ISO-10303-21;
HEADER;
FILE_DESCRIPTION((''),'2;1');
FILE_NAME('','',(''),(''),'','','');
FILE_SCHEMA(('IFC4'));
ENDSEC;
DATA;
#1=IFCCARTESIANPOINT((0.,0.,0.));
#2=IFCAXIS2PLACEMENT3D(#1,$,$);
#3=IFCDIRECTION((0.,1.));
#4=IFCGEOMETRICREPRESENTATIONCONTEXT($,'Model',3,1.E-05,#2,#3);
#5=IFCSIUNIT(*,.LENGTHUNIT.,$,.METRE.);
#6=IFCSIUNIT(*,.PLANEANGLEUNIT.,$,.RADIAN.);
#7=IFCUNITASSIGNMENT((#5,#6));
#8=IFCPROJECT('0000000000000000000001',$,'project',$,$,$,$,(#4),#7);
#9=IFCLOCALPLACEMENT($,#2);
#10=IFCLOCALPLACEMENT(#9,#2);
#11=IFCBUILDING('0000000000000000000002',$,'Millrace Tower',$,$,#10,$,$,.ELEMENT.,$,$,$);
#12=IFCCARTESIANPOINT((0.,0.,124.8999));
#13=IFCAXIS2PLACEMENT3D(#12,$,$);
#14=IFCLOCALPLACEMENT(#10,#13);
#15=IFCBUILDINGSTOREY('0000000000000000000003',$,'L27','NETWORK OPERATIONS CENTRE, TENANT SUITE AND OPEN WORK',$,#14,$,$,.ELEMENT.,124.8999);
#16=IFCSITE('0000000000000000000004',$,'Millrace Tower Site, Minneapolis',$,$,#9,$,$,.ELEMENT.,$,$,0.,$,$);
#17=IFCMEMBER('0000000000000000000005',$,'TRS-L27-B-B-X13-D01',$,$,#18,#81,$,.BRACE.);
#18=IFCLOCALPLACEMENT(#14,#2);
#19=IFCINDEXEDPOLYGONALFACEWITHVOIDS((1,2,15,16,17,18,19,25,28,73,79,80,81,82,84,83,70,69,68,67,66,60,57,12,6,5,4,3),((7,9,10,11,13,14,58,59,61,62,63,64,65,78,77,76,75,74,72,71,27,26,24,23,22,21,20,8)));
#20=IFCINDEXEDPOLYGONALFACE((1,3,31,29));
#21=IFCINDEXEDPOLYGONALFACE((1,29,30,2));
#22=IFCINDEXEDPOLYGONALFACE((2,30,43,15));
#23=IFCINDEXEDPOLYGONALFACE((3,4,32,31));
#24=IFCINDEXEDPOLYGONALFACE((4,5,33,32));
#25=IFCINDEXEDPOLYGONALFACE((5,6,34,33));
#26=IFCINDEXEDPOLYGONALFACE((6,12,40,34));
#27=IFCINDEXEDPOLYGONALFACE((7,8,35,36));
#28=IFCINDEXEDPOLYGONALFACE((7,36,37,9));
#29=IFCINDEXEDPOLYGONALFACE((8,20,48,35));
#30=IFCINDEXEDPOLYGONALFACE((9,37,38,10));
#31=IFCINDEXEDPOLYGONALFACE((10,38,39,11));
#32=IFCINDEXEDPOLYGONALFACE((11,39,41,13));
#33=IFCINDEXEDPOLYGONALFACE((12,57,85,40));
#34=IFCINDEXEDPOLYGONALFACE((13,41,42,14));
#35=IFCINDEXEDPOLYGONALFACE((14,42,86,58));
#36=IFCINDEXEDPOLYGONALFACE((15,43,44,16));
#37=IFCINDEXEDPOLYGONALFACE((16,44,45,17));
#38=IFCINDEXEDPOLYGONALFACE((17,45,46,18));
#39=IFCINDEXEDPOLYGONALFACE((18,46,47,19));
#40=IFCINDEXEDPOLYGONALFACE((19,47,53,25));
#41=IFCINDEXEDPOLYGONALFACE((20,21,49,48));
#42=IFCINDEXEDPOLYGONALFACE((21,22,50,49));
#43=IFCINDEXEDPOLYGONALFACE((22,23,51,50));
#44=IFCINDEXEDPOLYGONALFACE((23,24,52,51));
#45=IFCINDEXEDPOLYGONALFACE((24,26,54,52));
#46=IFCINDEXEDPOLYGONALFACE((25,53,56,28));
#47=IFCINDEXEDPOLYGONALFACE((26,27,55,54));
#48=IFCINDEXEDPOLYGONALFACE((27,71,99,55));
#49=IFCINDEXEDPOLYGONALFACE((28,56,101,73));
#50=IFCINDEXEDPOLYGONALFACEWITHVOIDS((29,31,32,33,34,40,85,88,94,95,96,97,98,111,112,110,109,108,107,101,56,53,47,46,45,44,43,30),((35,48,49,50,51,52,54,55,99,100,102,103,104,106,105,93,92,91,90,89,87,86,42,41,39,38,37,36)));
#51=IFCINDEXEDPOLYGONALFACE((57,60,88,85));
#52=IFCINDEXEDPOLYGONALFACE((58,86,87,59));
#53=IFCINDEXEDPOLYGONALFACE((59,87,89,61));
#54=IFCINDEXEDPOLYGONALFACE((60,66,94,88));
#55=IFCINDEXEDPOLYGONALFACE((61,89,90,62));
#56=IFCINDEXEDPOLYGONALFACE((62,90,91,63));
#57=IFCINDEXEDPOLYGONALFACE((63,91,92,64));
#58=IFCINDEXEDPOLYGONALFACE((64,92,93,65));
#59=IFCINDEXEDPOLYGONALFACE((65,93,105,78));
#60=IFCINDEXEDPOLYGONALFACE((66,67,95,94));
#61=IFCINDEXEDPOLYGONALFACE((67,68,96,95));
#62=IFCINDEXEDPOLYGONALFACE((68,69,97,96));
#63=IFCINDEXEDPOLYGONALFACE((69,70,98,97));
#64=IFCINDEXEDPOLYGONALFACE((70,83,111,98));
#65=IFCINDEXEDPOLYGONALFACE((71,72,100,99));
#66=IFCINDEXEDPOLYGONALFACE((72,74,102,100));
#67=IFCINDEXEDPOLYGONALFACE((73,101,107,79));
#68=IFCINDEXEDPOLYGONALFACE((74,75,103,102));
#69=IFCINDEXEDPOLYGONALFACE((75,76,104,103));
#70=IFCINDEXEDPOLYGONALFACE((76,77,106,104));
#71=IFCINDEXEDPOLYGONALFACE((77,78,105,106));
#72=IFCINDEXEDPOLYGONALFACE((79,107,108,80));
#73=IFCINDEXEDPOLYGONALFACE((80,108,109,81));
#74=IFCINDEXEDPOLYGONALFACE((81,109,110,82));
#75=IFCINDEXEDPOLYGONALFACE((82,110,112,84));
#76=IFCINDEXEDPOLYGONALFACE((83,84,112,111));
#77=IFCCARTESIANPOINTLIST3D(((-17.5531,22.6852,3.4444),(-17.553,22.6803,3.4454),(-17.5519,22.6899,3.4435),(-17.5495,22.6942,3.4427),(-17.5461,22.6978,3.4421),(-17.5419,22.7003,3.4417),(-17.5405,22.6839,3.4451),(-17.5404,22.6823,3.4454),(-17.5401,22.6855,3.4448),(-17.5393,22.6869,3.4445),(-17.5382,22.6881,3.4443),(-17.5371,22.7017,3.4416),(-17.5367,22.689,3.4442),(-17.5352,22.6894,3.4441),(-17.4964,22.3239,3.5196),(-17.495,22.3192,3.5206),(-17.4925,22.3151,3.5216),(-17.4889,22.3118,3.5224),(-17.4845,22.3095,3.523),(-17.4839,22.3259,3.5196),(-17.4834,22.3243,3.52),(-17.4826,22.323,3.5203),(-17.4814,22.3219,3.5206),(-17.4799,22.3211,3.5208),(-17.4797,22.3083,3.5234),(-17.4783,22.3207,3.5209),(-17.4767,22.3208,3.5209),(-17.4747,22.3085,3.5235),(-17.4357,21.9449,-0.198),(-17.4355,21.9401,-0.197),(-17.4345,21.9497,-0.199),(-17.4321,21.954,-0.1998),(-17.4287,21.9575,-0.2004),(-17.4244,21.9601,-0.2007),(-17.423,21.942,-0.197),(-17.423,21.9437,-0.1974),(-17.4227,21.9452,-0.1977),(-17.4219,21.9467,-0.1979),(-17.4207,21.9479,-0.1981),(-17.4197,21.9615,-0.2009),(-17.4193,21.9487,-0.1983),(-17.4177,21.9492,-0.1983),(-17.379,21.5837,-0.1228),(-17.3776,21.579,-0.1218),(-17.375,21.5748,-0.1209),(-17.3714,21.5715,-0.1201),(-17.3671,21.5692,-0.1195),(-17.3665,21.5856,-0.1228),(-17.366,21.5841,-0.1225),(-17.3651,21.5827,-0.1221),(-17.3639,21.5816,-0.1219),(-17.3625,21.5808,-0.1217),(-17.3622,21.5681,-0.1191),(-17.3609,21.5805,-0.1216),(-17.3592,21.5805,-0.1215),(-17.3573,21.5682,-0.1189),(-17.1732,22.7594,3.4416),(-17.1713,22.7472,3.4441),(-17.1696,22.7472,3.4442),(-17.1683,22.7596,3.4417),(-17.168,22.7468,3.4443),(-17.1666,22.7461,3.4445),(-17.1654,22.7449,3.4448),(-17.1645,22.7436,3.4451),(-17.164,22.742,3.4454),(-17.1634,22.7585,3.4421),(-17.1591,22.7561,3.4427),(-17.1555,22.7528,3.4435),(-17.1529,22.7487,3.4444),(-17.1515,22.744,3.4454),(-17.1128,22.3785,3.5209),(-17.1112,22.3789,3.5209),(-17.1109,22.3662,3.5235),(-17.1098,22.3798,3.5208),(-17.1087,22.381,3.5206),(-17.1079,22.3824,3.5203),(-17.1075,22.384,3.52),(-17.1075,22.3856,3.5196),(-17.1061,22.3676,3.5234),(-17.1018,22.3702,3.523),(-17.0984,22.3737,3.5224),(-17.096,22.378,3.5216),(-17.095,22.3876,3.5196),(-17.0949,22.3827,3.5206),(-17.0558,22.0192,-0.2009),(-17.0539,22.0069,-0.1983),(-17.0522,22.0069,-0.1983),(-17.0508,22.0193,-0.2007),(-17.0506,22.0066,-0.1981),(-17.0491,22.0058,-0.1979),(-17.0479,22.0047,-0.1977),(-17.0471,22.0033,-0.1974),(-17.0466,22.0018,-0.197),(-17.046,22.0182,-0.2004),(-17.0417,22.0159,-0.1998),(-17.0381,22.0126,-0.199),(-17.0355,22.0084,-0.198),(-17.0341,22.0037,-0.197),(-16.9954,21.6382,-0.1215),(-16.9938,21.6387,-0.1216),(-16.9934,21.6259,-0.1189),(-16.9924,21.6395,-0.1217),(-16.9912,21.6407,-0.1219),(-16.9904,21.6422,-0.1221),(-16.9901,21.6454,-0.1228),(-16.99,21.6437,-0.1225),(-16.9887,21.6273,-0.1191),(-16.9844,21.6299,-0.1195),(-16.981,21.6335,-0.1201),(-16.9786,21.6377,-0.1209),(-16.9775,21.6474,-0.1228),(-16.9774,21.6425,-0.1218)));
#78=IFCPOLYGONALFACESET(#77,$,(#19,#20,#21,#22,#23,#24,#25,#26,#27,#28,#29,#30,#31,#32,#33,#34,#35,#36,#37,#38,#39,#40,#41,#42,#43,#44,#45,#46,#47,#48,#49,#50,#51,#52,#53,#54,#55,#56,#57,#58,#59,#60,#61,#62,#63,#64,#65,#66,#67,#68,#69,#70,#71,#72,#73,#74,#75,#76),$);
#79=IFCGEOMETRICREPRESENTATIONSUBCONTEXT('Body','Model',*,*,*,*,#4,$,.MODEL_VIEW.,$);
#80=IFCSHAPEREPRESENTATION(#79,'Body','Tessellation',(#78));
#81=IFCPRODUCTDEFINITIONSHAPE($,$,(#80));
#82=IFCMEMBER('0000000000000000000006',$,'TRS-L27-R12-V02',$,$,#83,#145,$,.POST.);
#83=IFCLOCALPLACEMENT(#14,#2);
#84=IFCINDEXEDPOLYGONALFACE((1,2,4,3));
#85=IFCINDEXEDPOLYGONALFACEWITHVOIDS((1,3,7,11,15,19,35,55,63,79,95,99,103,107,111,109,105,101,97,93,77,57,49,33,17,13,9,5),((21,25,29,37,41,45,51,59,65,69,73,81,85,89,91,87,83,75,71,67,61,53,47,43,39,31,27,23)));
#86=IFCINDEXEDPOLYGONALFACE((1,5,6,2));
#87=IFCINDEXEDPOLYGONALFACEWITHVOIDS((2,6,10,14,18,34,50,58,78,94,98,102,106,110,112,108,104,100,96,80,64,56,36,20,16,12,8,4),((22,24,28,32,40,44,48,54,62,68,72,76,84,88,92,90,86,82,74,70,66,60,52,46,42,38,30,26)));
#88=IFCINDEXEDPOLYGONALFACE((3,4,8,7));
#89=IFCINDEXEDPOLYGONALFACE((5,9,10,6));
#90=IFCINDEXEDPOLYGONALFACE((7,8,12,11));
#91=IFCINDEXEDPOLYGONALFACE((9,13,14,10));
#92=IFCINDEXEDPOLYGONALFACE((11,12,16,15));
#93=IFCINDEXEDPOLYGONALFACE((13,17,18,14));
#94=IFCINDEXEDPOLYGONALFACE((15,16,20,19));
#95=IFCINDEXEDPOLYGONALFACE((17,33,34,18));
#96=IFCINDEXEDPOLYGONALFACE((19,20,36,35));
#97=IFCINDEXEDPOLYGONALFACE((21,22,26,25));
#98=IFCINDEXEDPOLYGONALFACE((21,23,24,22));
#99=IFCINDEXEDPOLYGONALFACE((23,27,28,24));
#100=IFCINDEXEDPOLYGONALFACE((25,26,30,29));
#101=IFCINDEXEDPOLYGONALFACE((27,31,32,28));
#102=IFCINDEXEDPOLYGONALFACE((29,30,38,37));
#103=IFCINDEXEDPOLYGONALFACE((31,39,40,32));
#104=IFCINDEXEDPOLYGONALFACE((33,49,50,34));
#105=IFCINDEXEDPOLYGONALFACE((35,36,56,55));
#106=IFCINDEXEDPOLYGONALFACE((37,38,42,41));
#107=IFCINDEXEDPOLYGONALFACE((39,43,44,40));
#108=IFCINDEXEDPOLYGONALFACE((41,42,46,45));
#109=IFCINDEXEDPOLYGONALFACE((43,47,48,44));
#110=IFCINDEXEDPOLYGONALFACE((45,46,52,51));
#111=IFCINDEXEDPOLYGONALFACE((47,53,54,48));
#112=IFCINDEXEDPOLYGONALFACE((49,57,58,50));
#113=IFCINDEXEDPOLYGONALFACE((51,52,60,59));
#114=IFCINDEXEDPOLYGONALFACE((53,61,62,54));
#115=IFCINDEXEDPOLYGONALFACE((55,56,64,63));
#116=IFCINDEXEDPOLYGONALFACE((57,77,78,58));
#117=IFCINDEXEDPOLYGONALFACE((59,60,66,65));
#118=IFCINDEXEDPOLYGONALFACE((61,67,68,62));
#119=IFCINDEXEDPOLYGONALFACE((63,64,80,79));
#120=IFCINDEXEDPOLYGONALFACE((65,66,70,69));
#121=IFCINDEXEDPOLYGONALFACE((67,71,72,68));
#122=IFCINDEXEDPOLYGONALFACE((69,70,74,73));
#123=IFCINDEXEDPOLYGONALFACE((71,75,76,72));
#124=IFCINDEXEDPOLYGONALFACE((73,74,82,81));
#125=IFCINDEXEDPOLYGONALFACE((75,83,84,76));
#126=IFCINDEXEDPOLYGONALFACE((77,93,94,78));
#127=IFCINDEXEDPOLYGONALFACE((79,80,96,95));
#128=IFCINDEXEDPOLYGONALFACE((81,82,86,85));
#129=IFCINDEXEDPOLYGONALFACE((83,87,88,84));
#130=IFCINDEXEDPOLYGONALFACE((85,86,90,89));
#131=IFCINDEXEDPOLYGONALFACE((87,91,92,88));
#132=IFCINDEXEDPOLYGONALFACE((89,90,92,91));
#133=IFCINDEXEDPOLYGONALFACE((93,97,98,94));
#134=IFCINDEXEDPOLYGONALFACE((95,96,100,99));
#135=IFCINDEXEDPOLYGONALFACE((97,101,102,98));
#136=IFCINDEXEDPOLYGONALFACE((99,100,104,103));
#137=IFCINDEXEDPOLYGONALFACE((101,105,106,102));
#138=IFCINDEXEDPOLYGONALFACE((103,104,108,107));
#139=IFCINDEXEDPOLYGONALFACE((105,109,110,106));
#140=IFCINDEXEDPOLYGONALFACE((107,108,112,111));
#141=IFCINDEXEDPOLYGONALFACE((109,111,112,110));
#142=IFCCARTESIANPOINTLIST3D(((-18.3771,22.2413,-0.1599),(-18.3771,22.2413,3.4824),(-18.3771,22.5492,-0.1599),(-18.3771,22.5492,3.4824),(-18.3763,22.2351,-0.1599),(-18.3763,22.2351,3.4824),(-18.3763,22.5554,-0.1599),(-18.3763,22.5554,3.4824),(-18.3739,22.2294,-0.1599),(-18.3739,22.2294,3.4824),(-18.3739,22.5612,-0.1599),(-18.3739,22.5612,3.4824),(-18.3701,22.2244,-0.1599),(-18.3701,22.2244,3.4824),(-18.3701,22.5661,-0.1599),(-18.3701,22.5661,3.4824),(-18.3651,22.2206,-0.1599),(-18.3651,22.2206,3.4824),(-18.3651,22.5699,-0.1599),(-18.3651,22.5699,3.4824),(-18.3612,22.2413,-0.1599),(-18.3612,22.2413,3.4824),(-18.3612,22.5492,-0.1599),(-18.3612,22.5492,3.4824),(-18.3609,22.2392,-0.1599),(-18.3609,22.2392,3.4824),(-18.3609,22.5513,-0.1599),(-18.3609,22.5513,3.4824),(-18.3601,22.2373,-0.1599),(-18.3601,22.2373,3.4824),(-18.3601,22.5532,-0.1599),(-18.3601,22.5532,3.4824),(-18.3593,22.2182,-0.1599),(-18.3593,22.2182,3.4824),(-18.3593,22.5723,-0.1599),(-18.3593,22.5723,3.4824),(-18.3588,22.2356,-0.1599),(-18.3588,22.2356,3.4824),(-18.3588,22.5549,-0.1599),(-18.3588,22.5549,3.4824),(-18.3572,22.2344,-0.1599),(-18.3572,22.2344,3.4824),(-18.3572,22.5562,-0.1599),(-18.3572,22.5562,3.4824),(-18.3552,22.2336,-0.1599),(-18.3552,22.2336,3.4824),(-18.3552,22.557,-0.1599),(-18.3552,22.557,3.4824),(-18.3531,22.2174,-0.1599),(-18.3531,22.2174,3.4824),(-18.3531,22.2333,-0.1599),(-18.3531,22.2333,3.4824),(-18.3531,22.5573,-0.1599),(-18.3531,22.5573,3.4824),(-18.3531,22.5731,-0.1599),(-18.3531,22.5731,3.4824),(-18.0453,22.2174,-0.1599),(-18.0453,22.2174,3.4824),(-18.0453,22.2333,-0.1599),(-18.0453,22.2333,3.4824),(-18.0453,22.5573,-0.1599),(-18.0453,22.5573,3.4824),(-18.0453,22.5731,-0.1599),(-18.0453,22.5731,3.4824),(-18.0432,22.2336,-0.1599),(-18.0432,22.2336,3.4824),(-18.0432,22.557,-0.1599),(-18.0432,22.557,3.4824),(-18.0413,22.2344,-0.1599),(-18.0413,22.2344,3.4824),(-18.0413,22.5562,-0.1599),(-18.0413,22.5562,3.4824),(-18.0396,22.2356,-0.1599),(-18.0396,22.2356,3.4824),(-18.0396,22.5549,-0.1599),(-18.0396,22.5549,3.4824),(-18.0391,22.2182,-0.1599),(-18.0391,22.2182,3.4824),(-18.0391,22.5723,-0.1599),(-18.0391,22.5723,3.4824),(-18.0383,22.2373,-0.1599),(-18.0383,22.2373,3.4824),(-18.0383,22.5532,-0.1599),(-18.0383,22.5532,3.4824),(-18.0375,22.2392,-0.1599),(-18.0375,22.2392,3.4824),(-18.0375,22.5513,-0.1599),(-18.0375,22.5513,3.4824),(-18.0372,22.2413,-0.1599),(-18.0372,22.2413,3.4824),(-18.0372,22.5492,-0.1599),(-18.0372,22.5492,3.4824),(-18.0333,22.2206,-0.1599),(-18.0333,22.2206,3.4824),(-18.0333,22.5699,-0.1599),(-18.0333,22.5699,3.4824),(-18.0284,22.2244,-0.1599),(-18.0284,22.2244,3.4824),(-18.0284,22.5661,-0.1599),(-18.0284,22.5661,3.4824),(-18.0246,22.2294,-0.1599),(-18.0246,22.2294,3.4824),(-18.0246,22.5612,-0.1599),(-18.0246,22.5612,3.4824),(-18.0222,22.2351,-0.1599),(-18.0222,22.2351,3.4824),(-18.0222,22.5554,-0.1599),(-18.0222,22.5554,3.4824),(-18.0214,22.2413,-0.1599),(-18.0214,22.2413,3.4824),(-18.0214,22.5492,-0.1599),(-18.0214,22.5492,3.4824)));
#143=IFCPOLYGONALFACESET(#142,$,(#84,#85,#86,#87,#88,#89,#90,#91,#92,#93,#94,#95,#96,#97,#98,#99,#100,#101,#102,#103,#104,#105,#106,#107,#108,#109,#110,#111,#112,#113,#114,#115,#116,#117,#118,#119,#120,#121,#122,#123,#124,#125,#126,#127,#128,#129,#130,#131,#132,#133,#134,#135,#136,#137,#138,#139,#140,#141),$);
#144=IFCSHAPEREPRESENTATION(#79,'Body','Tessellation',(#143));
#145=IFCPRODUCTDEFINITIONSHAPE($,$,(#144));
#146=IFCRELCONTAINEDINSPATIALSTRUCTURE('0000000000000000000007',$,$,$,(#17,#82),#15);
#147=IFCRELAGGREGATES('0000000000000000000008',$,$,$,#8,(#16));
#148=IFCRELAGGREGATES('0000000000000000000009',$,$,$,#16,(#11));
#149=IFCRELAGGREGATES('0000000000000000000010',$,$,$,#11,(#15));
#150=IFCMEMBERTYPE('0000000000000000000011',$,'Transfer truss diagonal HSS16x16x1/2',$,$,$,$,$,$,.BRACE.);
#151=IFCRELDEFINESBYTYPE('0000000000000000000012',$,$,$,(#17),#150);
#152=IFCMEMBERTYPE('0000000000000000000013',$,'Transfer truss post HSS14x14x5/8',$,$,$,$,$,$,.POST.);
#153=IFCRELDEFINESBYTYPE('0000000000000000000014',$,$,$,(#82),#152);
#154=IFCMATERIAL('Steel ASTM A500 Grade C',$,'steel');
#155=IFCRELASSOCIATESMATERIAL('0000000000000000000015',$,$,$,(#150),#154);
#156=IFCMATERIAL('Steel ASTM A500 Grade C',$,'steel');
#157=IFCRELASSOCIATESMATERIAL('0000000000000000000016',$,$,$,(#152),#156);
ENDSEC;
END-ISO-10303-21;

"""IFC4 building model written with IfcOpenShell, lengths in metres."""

from ifc_helpers import new_model, si_unit, direction, frame, origin, origin_2d, place, context, subcontext, project, spatial, hollow_rectangle, extrude, material, material_profile, profile_set, type_object, element, save


model = new_model("IFC4")

# Units and contexts
model_context = context("Model", 3, precision=1e-05, world=origin(), true_north=direction((0.0, 1.0)))
body_context = subcontext(model_context, "Body", "Model", "MODEL_VIEW")
ifc_project = project(units=[si_unit("LENGTHUNIT", "METRE"), si_unit("PLANEANGLEUNIT", "RADIAN")], contexts=[model_context])

# Site, building, storey
site_placement = place(None, origin())
site = spatial("IfcSite", under=ifc_project, at=site_placement, Name="Millrace Tower Site, Minneapolis", CompositionType="ELEMENT", RefElevation=0.0)
building_placement = place(site_placement, origin())
building = spatial("IfcBuilding", under=site, at=building_placement, Name="Millrace Tower", CompositionType="ELEMENT")
storey_placement = place(building_placement, frame((0.0, 0.0, 124.8999)))
storey = spatial("IfcBuildingStorey", under=building, at=storey_placement, Name="L27", Description="NETWORK OPERATIONS CENTRE, TENANT SUITE AND OPEN WORK", CompositionType="ELEMENT", Elevation=124.8999)

# Members
ifc_material_1 = material(Name="Steel ASTM A500 Grade C", Category="steel")
ifc_material_profile_1 = material_profile(ifc_material_1, hollow_rectangle(XDim=0.4065, YDim=0.4065, WallThickness=0.0127, InnerFilletRadius=0.0063, OuterFilletRadius=0.019, at=origin_2d()))
ifc_profile_set_1 = profile_set([ifc_material_profile_1], Name="Steel ASTM A500 Grade C")
member_type_1 = type_object("IfcMemberType", Name="Transfer truss diagonal HSS16x16x1/2", PredefinedType="BRACE", material=ifc_profile_set_1)
member_1_placement = place(storey_placement, frame((-17.2065, 21.7937, -0.1599), z_axis=(-0.031579, 0.19906, 0.979478), x_axis=(-0.987649, -0.156682, 0.0)))
element("IfcMember", 1, at=member_1_placement, inside=storey, type_object=member_type_1, Name="TRS-L27-B-B-X13-D01", PredefinedType="BRACE", context=body_context, shape_type="SweptSolid", body=[
    extrude(hollow_rectangle(XDim=0.4065, YDim=0.4065, WallThickness=0.0127, InnerFilletRadius=0.0063, OuterFilletRadius=0.019, at=origin_2d()), origin(), (0.0, 0.0, 1.0), 3.7188),
])
ifc_material_2 = material(Name="Steel ASTM A500 Grade C", Category="steel")
ifc_material_profile_2 = material_profile(ifc_material_2, hollow_rectangle(XDim=0.3557, YDim=0.3557, WallThickness=0.0159, InnerFilletRadius=0.0081, OuterFilletRadius=0.0239, at=origin_2d()))
ifc_profile_set_2 = profile_set([ifc_material_profile_2], Name="Steel ASTM A500 Grade C")
member_type_2 = type_object("IfcMemberType", Name="Transfer truss post HSS14x14x5/8", PredefinedType="POST", material=ifc_profile_set_2)
for number, where, z_axis, x_axis, name in (
    (2, (-18.1992, 22.3953, -0.1599), (0.0, 0.0, 1.0), (1.0, 0.0, 0.0), "TRS-L27-R12-V02"),
):
    element("IfcMember", number, at=place(storey_placement, frame(where, z_axis=z_axis, x_axis=x_axis)), inside=storey, type_object=member_type_2, Name=name, PredefinedType="POST", context=body_context, shape_type="SweptSolid", body=[
        extrude(hollow_rectangle(XDim=0.3557, YDim=0.3557, WallThickness=0.0159, InnerFilletRadius=0.0081, OuterFilletRadius=0.0239, at=origin_2d()), origin(), (0.0, 0.0, 1.0), 3.6423),
    ])

save(model, "model.ifc")
